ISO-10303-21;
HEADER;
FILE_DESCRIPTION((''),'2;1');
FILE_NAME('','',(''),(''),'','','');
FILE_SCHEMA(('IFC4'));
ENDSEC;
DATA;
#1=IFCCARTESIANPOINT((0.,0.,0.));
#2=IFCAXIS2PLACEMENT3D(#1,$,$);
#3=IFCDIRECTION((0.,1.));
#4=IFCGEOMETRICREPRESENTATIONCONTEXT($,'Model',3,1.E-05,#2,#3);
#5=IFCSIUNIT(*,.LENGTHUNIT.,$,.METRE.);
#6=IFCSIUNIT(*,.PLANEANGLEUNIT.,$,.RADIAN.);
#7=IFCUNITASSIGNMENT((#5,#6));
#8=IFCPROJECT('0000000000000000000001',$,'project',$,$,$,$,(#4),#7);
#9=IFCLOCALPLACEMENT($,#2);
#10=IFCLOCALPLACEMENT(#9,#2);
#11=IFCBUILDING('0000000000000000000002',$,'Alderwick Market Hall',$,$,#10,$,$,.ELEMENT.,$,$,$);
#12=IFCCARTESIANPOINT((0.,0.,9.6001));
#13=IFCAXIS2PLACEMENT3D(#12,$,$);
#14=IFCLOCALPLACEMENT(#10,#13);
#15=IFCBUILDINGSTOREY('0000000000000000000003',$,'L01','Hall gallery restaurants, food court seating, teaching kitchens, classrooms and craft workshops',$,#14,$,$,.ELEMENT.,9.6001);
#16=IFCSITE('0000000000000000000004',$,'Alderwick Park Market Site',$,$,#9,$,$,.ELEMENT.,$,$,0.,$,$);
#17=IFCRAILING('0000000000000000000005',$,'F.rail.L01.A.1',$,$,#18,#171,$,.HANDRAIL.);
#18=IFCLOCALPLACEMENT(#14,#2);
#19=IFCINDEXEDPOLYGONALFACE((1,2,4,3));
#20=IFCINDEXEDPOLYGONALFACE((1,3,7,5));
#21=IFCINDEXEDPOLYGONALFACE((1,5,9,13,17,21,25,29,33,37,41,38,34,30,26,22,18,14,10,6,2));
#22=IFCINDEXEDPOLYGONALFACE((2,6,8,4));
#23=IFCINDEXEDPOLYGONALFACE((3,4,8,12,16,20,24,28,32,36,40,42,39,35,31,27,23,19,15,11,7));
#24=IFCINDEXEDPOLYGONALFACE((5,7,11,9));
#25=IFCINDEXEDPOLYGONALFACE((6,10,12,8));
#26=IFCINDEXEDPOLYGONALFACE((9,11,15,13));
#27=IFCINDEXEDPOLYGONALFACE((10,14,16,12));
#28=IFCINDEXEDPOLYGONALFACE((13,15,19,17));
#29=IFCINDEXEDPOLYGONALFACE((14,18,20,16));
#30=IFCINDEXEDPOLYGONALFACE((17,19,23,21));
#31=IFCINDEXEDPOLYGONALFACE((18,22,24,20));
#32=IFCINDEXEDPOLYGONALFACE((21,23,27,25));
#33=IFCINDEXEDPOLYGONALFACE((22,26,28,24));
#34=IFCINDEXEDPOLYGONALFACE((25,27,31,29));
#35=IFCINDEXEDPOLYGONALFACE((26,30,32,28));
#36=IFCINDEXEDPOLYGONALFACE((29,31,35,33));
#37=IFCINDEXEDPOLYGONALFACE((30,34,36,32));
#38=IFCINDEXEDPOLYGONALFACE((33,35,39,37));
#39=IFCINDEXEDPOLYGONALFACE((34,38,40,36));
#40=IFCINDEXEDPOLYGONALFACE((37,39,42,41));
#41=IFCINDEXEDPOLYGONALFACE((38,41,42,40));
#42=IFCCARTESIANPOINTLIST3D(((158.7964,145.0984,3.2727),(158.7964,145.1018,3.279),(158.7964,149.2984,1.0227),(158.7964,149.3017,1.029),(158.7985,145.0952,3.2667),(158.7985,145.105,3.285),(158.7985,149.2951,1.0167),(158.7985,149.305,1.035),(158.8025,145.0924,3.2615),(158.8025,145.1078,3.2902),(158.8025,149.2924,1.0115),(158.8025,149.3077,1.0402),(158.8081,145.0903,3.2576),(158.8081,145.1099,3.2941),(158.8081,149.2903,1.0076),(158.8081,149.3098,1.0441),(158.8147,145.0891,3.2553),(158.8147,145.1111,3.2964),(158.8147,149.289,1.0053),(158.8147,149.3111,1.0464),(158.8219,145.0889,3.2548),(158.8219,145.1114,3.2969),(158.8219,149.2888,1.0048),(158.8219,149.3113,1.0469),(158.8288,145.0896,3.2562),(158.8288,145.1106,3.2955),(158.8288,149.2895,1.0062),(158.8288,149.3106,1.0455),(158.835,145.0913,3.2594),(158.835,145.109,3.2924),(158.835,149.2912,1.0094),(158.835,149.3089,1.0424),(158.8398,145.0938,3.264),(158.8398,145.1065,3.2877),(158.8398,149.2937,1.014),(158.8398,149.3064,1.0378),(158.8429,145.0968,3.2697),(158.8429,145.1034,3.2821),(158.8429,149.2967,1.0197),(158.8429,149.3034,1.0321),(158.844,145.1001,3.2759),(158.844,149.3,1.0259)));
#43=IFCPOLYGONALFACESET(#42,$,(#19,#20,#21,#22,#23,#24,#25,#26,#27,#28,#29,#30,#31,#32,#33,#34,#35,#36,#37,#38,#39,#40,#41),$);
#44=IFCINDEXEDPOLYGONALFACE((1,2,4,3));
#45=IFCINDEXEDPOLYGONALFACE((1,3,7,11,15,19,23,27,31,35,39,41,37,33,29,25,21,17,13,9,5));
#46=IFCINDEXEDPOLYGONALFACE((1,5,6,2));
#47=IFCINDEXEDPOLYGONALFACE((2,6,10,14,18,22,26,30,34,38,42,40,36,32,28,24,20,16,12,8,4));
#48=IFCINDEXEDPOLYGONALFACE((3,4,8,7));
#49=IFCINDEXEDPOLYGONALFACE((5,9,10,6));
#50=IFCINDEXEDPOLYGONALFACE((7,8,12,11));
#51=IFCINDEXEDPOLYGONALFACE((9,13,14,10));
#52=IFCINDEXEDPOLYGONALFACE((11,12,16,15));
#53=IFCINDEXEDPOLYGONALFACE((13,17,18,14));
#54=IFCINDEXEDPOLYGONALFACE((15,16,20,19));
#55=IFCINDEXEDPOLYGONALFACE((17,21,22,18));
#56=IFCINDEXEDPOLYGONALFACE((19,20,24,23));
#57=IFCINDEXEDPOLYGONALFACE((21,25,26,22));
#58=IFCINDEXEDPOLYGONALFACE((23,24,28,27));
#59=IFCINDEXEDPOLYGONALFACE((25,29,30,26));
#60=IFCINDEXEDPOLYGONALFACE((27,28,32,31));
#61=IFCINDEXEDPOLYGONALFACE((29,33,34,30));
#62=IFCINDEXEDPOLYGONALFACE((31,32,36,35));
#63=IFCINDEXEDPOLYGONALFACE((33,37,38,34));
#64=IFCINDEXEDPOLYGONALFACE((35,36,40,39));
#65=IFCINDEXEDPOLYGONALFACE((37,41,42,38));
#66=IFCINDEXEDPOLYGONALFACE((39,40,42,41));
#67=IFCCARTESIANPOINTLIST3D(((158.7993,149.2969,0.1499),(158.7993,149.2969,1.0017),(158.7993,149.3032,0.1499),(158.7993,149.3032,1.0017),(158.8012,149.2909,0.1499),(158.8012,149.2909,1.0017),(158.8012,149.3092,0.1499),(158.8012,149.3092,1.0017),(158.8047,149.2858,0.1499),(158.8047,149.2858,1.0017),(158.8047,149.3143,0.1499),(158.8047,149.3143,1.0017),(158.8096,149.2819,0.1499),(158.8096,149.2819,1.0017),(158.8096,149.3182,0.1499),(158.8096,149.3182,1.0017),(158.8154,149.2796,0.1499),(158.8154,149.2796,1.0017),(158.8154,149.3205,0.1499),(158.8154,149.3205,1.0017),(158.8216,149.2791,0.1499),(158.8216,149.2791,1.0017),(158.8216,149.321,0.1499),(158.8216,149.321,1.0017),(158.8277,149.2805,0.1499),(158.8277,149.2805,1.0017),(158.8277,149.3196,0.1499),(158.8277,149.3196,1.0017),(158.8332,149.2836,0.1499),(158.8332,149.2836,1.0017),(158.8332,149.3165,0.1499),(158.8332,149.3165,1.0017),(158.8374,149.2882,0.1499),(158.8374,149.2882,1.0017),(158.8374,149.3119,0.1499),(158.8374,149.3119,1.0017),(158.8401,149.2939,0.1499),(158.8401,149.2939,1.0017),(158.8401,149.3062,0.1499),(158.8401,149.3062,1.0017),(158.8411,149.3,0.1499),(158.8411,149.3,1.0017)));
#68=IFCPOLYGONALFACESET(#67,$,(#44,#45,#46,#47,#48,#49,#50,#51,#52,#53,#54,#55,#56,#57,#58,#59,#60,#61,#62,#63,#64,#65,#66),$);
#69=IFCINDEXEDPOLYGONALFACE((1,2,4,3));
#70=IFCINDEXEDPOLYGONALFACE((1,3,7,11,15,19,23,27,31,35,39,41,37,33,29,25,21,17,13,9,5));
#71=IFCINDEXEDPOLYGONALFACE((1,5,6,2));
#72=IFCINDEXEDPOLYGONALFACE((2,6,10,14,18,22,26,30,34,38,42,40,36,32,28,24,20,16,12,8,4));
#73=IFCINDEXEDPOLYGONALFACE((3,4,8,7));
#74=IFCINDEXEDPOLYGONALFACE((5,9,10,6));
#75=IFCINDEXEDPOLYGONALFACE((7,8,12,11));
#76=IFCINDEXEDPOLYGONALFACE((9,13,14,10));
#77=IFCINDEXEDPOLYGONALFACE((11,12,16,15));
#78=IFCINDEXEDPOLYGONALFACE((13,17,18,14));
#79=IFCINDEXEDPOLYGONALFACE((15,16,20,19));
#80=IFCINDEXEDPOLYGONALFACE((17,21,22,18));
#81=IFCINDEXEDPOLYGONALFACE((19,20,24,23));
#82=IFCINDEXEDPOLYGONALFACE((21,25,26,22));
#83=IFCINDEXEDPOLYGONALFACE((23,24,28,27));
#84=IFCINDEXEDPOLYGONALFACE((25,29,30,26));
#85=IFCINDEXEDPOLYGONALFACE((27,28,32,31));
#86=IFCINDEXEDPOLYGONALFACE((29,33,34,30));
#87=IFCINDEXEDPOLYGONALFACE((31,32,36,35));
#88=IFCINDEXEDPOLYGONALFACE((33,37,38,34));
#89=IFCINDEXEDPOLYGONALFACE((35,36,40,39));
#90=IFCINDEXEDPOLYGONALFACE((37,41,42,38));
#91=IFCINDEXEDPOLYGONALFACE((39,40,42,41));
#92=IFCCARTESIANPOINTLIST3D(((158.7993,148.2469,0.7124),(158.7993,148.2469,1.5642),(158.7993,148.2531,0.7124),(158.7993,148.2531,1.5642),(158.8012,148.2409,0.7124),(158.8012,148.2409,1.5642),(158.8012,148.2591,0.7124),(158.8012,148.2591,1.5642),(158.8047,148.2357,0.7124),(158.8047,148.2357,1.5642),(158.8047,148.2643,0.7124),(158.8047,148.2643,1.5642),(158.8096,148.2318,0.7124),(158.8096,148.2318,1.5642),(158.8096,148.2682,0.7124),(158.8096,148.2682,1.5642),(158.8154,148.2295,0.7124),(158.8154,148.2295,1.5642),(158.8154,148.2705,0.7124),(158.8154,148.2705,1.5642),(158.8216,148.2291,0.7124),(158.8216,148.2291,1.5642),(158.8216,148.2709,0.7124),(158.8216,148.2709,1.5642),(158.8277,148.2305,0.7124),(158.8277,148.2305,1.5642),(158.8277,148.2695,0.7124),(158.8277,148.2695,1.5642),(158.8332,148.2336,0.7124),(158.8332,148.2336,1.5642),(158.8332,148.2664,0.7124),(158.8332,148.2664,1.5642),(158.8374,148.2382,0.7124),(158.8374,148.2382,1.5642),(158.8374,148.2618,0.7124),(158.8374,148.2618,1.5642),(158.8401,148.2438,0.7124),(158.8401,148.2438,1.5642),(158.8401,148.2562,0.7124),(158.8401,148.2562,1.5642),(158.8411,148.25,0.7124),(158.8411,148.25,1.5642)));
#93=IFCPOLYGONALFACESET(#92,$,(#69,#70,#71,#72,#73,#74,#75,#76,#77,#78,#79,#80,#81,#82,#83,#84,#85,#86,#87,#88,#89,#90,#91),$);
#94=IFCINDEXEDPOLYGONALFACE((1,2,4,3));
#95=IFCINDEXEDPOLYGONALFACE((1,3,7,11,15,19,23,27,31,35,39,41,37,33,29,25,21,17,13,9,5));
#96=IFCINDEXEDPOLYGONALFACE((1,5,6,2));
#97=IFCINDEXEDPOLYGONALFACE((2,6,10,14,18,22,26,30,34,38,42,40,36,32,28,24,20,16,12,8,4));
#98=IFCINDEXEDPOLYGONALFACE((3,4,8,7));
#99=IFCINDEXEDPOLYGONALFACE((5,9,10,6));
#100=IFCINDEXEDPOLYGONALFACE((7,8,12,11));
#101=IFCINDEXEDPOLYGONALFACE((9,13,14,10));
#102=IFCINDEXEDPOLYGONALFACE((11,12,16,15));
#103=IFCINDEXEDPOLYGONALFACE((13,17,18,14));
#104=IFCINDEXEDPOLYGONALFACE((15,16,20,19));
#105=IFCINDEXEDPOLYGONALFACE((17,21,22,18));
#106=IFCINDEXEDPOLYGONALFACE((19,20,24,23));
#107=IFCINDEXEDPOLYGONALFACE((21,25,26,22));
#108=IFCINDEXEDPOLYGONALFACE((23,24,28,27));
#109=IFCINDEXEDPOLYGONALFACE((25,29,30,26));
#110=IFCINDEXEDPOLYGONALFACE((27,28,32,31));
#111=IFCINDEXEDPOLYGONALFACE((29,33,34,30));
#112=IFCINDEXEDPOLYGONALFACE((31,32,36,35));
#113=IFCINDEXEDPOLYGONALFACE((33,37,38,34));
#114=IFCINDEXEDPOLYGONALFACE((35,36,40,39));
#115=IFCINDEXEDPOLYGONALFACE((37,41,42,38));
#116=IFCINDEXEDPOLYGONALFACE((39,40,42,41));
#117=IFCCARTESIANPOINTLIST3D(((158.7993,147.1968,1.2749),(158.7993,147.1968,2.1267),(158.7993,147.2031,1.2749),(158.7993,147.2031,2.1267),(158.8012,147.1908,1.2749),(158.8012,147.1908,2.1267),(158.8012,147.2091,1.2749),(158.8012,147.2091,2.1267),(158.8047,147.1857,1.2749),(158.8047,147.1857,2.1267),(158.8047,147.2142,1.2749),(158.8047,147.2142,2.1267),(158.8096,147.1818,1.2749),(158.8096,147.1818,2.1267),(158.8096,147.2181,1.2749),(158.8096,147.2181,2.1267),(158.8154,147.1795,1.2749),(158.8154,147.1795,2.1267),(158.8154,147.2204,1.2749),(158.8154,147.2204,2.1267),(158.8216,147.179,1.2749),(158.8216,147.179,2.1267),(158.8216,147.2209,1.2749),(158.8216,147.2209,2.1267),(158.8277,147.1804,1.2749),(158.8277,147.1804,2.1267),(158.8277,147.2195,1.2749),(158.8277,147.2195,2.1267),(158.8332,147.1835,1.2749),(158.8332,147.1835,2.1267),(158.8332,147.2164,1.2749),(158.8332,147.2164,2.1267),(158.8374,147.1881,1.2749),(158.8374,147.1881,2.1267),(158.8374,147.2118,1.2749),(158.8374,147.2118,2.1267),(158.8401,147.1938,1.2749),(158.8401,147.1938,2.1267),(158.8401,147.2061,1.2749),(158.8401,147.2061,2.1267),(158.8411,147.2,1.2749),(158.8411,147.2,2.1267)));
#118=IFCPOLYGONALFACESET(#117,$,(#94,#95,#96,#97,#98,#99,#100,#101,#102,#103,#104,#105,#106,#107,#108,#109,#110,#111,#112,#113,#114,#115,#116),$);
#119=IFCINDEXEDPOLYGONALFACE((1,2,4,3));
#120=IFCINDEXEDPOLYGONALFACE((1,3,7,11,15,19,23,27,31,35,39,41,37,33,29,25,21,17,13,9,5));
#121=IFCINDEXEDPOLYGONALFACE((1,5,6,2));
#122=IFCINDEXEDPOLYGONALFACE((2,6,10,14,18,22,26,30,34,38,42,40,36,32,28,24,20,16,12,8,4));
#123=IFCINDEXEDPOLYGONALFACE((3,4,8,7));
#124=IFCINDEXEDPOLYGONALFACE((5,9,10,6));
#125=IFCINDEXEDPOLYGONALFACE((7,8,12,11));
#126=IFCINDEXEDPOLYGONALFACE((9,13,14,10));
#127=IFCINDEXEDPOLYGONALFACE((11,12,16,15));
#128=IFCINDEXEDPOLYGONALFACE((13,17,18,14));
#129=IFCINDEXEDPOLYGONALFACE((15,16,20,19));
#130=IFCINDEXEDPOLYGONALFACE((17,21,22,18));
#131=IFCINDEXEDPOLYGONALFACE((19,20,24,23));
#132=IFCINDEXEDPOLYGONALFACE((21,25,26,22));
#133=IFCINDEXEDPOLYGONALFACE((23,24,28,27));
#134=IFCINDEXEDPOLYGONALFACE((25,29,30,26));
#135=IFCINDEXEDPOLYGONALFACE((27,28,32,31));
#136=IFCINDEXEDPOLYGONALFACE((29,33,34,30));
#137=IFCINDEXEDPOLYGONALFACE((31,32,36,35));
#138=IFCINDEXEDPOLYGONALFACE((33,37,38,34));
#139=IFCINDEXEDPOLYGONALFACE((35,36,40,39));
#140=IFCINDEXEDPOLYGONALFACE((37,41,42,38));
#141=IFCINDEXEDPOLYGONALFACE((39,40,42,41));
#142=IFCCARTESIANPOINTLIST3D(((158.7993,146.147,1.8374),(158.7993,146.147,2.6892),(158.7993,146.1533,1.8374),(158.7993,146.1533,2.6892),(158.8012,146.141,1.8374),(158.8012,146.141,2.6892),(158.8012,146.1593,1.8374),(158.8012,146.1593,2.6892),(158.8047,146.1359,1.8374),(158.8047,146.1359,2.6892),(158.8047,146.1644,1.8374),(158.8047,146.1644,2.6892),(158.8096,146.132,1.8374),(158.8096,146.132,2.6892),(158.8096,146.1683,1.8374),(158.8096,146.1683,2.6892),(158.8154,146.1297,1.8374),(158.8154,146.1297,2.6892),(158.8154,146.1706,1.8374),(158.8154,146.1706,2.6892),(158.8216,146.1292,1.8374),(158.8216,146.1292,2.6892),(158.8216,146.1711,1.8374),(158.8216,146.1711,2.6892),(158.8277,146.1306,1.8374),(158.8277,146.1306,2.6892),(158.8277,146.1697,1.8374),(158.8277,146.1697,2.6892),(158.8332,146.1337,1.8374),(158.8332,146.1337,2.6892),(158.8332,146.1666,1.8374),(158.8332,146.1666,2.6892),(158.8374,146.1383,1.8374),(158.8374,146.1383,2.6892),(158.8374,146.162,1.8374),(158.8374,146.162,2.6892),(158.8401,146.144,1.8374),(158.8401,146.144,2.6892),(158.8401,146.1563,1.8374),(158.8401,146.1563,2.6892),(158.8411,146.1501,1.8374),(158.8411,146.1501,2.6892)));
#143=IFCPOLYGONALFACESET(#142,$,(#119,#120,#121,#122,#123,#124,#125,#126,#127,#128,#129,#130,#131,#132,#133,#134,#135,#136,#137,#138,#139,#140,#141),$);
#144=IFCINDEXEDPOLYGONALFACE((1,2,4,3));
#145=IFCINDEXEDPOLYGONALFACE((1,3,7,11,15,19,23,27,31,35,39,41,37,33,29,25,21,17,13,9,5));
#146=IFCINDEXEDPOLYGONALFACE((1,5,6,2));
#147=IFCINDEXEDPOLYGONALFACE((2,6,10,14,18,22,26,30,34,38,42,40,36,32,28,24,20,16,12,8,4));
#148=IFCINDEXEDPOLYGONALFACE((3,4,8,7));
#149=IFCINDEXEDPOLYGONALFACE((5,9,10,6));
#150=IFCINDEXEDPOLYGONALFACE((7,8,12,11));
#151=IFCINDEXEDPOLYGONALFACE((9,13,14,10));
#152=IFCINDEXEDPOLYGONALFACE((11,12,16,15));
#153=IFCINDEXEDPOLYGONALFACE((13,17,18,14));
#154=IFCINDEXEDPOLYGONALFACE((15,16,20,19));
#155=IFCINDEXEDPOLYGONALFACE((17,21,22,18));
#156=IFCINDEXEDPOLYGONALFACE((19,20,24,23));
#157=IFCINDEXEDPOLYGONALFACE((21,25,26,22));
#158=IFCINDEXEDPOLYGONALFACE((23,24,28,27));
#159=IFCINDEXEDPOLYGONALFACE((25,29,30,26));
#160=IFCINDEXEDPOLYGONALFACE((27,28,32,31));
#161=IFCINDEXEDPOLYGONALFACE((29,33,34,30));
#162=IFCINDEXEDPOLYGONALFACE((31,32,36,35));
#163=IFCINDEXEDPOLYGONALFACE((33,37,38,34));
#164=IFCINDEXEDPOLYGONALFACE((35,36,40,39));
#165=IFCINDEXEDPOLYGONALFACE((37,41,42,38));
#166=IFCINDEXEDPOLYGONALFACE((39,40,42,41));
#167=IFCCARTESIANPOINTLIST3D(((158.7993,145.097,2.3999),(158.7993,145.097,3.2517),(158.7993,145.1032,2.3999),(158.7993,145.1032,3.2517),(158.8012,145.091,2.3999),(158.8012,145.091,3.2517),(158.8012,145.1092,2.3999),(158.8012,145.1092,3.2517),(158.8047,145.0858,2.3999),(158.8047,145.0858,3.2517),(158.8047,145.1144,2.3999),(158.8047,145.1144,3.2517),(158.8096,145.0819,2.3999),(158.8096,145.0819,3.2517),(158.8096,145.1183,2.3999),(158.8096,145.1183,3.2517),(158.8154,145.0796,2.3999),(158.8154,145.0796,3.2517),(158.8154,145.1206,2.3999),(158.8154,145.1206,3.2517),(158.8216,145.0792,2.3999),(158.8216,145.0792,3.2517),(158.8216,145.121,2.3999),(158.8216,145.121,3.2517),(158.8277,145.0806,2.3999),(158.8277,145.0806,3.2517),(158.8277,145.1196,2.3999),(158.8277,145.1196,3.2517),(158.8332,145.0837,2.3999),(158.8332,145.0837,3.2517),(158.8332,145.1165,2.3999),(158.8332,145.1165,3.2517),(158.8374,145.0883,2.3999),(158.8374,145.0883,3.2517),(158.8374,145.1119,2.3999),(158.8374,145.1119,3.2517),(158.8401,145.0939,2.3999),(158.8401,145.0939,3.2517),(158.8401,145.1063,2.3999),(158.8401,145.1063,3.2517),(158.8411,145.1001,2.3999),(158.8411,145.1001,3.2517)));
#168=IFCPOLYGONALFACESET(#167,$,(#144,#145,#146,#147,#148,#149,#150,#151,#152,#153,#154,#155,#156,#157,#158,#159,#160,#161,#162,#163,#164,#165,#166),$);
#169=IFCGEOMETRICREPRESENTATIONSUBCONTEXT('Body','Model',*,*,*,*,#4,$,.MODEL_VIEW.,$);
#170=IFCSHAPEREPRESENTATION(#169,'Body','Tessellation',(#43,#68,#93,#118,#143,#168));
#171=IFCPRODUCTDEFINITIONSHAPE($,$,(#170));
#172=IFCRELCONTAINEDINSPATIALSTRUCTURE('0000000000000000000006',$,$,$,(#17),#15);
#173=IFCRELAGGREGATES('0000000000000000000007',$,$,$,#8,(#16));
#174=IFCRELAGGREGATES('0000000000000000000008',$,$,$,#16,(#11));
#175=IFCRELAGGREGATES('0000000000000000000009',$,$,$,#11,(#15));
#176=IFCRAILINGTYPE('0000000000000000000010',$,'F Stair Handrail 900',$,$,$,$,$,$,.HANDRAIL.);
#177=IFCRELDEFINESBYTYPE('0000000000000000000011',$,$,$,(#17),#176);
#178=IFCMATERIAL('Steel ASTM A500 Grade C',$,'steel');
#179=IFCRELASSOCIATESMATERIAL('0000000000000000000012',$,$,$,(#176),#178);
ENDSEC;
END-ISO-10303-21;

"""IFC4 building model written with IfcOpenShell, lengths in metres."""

from ifc_helpers import new_model, si_unit, direction, frame, origin, origin_2d, place, context, subcontext, project, spatial, circle, extrude, material, type_object, element, save


model = new_model("IFC4")

# Units and contexts
model_context = context("Model", 3, precision=1e-05, world=origin(), true_north=direction((0.0, 1.0)))
body_context = subcontext(model_context, "Body", "Model", "MODEL_VIEW")
ifc_project = project(units=[si_unit("LENGTHUNIT", "METRE"), si_unit("PLANEANGLEUNIT", "RADIAN")], contexts=[model_context])

# Site, building, storey
site_placement = place(None, origin())
site = spatial("IfcSite", under=ifc_project, at=site_placement, Name="Alderwick Park Market Site", CompositionType="ELEMENT", RefElevation=0.0)
building_placement = place(site_placement, origin())
building = spatial("IfcBuilding", under=site, at=building_placement, Name="Alderwick Market Hall", CompositionType="ELEMENT")
storey_placement = place(building_placement, frame((0.0, 0.0, 9.6001)))
storey = spatial("IfcBuildingStorey", under=building, at=storey_placement, Name="L01", Description="Hall gallery restaurants, food court seating, teaching kitchens, classrooms and craft workshops", CompositionType="ELEMENT", Elevation=9.6001)

# Railing
ifc_material_1 = material(Name="Steel ASTM A500 Grade C", Category="steel")
railing_type = type_object("IfcRailingType", Name="F Stair Handrail 900", PredefinedType="HANDRAIL", material=ifc_material_1)
for number, where, name in (
    (1, (158.8201, 149.3, 0.1499), "F.rail.L01.A.1"),
):
    element("IfcRailing", number, at=place(storey_placement, frame(where)), inside=storey, type_object=railing_type, Name=name, PredefinedType="HANDRAIL", context=body_context, shape_type="SweptSolid", body=[
        extrude(circle(Radius=0.0239, at=origin_2d()), frame((0.0, 0.0, 0.876), z_axis=(0.0, -0.881478, 0.472226), x_axis=(1.0, 0.0, 0.0)), (0.0, 0.0, 1.0), 4.7646),
        extrude(circle(Radius=0.021, at=origin_2d()), origin(), (0.0, 0.0, 1.0), 0.8518),
        extrude(circle(Radius=0.021, at=origin_2d()), frame((0.0, -1.05, 0.5625)), (0.0, 0.0, 1.0), 0.8518),
        extrude(circle(Radius=0.021, at=origin_2d()), frame((0.0, -2.1001, 1.125)), (0.0, 0.0, 1.0), 0.8518),
        extrude(circle(Radius=0.021, at=origin_2d()), frame((0.0, -3.1499, 1.6875)), (0.0, 0.0, 1.0), 0.8518),
        extrude(circle(Radius=0.021, at=origin_2d()), frame((0.0, -4.2, 2.25)), (0.0, 0.0, 1.0), 0.8518),
    ])

save(model, "model.ifc")
